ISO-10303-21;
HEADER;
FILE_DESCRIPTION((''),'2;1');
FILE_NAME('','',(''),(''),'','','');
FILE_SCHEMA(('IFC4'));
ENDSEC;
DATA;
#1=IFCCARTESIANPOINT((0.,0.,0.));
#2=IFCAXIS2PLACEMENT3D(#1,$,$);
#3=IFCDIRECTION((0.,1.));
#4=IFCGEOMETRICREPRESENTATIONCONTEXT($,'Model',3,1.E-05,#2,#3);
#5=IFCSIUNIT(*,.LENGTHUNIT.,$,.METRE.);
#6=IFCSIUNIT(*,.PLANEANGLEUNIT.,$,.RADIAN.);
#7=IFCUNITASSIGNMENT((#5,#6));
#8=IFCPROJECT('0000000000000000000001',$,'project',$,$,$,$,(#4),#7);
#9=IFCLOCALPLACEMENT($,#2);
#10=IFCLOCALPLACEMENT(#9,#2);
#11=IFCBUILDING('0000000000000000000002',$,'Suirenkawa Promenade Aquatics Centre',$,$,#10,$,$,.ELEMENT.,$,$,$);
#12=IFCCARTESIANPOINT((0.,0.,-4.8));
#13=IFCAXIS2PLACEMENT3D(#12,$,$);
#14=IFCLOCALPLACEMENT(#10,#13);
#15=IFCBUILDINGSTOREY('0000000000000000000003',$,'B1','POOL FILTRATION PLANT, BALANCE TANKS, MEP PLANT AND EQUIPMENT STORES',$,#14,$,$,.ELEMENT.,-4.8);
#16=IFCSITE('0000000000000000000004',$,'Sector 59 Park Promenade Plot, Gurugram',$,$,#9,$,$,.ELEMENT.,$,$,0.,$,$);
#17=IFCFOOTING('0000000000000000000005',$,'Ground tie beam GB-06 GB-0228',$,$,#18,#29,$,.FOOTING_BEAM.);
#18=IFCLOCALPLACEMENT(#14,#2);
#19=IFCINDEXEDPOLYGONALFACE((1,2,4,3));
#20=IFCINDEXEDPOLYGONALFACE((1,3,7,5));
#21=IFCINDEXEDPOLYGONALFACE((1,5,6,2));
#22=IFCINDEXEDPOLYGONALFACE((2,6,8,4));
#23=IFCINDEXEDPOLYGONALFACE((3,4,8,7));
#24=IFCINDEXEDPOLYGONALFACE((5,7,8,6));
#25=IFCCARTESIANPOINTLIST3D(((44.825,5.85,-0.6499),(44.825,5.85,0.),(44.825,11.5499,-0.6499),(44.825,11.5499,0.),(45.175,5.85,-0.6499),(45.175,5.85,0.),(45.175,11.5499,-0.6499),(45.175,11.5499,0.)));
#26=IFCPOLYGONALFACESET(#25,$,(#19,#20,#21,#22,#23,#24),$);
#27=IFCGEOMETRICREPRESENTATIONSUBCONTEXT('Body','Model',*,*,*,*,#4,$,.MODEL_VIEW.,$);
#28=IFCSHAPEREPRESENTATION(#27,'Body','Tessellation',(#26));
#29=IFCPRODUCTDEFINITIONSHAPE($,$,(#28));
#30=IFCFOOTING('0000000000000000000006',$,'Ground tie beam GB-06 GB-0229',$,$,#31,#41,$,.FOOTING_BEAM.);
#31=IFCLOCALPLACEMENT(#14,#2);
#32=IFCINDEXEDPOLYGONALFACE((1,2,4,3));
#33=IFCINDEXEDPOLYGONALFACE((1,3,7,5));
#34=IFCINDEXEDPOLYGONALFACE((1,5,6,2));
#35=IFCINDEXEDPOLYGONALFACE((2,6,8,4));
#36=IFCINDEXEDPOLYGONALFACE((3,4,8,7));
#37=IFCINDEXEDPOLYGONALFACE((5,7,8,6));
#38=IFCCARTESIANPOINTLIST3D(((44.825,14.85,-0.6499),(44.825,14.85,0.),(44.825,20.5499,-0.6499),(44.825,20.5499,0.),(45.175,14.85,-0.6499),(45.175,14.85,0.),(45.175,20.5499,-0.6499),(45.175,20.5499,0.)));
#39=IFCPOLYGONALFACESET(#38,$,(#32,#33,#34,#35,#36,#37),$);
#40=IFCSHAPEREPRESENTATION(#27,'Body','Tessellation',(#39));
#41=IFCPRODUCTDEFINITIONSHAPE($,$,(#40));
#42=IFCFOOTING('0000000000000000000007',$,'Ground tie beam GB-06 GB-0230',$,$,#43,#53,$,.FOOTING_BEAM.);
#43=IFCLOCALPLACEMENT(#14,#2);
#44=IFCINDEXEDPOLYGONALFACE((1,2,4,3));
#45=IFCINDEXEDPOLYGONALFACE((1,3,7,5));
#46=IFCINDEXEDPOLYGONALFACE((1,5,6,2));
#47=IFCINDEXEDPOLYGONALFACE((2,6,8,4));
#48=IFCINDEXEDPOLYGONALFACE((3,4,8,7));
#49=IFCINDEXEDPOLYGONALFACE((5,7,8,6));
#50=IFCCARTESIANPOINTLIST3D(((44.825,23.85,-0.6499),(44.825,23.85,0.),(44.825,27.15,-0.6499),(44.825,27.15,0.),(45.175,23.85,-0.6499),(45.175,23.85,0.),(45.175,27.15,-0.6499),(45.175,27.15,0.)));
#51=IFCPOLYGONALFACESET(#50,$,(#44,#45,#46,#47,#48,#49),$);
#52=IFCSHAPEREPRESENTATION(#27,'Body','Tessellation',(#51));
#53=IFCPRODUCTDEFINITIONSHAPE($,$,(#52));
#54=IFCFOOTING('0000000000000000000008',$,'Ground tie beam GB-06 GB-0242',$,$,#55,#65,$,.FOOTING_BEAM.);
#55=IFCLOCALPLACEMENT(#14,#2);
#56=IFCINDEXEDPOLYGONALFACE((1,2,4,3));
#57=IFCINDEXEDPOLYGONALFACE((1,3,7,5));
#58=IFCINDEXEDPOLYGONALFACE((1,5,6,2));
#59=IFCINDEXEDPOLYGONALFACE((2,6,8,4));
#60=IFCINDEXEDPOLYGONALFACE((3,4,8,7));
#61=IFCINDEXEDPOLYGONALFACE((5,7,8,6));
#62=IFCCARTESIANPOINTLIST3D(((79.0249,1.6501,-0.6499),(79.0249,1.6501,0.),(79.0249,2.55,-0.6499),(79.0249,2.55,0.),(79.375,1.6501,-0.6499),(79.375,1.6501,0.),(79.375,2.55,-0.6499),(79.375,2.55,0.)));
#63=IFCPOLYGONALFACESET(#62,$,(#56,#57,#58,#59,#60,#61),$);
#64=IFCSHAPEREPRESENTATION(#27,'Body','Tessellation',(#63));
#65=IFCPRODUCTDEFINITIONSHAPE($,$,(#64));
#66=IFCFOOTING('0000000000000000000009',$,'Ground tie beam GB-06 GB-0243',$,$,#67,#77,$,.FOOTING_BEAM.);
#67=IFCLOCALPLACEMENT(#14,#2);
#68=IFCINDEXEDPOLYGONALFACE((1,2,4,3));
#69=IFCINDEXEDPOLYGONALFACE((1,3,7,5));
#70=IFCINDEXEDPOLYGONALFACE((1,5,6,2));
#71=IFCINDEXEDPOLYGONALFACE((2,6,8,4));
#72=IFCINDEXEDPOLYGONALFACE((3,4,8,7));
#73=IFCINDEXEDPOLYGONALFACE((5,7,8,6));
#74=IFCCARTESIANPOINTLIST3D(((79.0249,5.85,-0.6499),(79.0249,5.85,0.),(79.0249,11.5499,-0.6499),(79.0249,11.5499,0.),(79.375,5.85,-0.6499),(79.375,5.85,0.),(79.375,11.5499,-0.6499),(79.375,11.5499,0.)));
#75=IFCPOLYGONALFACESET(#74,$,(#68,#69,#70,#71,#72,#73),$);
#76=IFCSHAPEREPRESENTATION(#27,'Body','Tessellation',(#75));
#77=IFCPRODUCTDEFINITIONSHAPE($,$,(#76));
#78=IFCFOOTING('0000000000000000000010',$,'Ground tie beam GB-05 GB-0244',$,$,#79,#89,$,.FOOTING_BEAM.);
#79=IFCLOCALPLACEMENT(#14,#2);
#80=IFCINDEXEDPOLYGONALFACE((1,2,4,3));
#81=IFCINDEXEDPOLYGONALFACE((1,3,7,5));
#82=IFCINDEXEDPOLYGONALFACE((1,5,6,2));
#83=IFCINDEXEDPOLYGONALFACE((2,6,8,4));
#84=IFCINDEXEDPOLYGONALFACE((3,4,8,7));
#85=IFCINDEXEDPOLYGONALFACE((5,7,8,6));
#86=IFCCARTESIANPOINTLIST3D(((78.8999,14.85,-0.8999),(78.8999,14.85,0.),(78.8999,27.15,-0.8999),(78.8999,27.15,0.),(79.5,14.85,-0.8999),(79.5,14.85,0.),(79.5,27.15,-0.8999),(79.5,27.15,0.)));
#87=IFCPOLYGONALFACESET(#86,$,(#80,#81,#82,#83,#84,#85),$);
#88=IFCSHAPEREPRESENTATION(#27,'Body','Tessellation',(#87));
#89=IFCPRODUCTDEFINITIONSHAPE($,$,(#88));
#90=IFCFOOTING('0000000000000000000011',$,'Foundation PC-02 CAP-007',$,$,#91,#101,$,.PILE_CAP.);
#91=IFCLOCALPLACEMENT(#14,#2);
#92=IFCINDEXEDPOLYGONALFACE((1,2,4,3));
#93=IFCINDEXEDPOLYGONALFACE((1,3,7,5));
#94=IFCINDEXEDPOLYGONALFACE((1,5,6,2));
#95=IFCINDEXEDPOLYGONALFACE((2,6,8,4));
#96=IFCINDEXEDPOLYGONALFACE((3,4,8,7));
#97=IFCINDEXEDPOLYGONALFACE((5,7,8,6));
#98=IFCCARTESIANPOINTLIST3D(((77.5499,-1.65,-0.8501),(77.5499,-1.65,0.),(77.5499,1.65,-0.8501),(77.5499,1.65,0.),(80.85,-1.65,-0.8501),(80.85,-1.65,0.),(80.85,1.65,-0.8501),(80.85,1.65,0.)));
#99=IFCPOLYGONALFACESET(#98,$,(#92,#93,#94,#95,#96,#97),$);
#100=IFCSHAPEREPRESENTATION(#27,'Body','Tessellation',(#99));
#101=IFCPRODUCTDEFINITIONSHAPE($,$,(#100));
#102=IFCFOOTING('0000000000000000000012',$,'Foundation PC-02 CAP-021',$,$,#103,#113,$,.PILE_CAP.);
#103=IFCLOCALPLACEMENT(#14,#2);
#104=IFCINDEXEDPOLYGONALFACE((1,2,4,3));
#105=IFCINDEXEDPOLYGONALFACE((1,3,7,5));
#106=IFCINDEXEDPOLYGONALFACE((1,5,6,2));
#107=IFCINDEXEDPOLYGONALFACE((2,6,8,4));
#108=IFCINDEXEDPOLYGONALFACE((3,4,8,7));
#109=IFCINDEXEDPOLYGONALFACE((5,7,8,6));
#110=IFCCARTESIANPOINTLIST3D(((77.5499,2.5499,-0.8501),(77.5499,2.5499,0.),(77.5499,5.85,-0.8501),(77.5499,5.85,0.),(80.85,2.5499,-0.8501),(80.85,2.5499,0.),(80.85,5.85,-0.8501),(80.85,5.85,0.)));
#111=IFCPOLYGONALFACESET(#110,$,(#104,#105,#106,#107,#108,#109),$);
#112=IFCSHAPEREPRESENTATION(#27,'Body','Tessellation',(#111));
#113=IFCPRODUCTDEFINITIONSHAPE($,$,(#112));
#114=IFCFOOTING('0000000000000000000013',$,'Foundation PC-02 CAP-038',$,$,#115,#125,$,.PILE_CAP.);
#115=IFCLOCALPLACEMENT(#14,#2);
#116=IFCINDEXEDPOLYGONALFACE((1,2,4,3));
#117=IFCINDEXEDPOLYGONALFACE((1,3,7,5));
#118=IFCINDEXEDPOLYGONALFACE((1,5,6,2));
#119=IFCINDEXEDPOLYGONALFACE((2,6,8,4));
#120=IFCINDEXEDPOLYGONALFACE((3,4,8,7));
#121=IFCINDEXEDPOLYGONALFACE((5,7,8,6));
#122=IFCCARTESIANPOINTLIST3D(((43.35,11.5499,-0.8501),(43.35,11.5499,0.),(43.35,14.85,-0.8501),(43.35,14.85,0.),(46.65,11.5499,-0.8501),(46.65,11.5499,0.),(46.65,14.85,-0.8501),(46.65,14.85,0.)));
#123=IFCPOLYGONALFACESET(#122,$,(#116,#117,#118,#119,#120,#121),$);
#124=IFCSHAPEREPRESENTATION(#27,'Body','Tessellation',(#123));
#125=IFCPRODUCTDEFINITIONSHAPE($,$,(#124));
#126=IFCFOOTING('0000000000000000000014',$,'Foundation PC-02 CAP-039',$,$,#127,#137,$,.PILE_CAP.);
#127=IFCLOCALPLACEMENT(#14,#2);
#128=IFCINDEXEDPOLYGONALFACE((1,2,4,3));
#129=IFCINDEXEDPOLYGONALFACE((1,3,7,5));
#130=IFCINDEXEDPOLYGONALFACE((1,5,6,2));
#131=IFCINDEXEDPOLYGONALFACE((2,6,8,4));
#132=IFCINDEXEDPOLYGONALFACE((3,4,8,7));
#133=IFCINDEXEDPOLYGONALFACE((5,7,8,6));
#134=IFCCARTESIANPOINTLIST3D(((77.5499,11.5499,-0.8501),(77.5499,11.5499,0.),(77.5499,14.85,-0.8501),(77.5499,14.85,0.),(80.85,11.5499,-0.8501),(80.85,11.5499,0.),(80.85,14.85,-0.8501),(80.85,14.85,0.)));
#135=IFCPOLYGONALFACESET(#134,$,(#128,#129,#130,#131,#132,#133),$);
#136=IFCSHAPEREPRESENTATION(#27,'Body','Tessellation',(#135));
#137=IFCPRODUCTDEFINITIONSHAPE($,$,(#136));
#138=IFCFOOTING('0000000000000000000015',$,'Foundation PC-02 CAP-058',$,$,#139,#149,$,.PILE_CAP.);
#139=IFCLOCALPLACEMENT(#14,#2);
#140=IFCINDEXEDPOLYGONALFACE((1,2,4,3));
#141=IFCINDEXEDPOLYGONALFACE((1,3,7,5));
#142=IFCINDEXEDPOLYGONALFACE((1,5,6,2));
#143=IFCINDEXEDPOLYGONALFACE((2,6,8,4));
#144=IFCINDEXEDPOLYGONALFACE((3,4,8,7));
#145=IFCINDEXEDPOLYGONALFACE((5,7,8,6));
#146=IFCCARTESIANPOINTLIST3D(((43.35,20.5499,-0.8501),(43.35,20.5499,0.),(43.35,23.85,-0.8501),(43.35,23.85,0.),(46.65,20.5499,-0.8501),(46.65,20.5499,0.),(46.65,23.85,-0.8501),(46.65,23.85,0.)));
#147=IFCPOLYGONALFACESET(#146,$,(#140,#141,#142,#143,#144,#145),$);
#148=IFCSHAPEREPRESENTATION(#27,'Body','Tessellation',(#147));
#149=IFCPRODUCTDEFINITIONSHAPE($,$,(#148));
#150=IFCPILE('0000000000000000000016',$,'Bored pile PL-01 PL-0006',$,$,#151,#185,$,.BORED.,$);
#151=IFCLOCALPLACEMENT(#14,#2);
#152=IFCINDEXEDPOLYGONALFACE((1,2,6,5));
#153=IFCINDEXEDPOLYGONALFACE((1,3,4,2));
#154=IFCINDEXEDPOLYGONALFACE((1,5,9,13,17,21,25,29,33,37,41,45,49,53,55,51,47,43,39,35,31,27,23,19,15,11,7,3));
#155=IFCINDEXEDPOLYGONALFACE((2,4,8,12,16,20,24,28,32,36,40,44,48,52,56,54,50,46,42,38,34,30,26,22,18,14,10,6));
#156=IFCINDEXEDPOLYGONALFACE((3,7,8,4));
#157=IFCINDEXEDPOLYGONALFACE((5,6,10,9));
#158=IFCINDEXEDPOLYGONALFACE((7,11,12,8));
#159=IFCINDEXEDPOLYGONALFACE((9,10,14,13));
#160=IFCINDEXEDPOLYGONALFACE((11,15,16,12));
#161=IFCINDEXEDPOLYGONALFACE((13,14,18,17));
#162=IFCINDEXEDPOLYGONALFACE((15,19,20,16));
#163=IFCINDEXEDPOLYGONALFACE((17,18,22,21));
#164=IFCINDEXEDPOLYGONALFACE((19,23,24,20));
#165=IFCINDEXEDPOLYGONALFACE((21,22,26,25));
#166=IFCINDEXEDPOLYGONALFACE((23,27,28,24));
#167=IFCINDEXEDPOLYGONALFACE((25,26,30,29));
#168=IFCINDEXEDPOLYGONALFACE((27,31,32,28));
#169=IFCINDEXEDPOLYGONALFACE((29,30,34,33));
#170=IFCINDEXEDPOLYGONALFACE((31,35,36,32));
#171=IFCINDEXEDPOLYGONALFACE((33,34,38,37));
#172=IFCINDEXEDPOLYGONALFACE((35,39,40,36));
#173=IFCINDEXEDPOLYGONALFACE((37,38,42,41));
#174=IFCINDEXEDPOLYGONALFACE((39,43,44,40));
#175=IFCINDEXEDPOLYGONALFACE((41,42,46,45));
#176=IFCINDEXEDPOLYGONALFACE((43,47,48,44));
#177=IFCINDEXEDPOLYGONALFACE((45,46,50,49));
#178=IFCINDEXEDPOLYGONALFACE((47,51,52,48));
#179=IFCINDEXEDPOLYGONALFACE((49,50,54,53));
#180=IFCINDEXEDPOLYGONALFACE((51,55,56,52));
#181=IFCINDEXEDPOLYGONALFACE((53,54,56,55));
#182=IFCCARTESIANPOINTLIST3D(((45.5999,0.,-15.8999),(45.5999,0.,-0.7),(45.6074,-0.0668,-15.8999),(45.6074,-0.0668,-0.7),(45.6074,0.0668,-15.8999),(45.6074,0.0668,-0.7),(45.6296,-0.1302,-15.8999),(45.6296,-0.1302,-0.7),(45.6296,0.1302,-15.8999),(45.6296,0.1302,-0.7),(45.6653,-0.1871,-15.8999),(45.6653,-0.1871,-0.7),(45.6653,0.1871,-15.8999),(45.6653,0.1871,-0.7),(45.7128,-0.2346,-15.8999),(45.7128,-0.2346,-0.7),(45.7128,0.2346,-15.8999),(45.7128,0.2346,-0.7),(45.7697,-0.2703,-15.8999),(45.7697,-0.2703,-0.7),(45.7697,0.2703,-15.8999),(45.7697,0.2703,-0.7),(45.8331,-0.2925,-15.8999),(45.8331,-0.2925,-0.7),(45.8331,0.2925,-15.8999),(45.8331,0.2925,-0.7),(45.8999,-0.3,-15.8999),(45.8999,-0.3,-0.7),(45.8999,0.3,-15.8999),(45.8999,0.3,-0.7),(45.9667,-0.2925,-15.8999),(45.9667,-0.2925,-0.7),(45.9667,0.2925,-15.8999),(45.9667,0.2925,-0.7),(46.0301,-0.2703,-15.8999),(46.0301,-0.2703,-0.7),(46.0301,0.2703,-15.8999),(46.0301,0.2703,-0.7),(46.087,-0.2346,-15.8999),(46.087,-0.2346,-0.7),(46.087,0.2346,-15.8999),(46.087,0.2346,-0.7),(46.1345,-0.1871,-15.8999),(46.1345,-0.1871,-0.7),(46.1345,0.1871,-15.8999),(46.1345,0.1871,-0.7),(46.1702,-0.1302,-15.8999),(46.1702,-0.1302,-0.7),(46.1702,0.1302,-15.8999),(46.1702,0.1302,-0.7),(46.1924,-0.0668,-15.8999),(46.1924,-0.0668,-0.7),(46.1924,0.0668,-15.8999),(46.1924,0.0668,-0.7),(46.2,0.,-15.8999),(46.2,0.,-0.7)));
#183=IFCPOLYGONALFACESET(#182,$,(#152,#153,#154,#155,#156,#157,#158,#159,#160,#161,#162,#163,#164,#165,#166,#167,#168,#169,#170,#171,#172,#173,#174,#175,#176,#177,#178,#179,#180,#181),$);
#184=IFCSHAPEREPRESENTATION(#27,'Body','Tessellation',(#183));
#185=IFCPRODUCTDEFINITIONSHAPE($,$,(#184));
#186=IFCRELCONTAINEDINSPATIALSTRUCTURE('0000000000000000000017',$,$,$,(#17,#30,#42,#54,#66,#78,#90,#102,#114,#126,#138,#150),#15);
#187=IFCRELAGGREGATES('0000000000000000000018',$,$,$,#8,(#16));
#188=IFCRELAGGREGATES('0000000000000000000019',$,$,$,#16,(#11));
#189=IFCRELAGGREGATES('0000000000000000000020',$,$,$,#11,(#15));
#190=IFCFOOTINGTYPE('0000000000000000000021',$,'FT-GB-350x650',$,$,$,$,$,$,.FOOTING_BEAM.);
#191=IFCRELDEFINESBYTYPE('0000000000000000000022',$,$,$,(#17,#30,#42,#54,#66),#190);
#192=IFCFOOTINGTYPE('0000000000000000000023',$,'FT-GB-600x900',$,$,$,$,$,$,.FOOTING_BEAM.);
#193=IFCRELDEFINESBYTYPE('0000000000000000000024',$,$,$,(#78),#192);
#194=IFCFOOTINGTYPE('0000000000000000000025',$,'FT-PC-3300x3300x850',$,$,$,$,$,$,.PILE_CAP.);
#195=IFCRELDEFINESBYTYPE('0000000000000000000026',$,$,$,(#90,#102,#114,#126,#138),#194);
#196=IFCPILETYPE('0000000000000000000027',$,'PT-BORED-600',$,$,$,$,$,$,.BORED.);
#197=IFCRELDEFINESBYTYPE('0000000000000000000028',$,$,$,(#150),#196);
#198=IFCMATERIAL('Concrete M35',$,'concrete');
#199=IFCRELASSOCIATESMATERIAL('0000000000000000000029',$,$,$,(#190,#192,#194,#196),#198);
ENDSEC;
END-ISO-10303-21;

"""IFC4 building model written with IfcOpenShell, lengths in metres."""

from ifc_helpers import new_model, si_unit, direction, frame, origin, origin_2d, place, context, subcontext, project, spatial, rectangle, circle, extrude, material, material_profile, profile_set, type_object, element, save


model = new_model("IFC4")

# Units and contexts
model_context = context("Model", 3, precision=1e-05, world=origin(), true_north=direction((0.0, 1.0)))
body_context = subcontext(model_context, "Body", "Model", "MODEL_VIEW")
ifc_project = project(units=[si_unit("LENGTHUNIT", "METRE"), si_unit("PLANEANGLEUNIT", "RADIAN")], contexts=[model_context])

# Site, building, storey
site_placement = place(None, origin())
site = spatial("IfcSite", under=ifc_project, at=site_placement, Name="Sector 59 Park Promenade Plot, Gurugram", CompositionType="ELEMENT", RefElevation=0.0)
building_placement = place(site_placement, origin())
building = spatial("IfcBuilding", under=site, at=building_placement, Name="Suirenkawa Promenade Aquatics Centre", CompositionType="ELEMENT")
storey_placement = place(building_placement, frame((0.0, 0.0, -4.8)))
storey = spatial("IfcBuildingStorey", under=building, at=storey_placement, Name="B1", Description="POOL FILTRATION PLANT, BALANCE TANKS, MEP PLANT AND EQUIPMENT STORES", CompositionType="ELEMENT", Elevation=-4.8)

# Footings
ifc_material_1 = material(Name="Concrete M35", Category="concrete")
footing_type_1 = type_object("IfcFootingType", Name="FT-GB-350x650", PredefinedType="FOOTING_BEAM", material=ifc_material_1)
for number, where, z_axis, x_axis, name in (
    (1, (45.0, 8.7, -0.6499), (0.0, 0.0, 1.0), (0.0, 1.0, 0.0), "Ground tie beam GB-06 GB-0228"),
    (2, (45.0, 17.7, -0.6499), (0.0, 0.0, 1.0), (0.0, 1.0, 0.0), "Ground tie beam GB-06 GB-0229"),
):
    element("IfcFooting", number, at=place(storey_placement, frame(where, z_axis=z_axis, x_axis=x_axis)), inside=storey, type_object=footing_type_1, Name=name, PredefinedType="FOOTING_BEAM", context=body_context, shape_type="SweptSolid", body=[
        extrude(rectangle(XDim=5.7, YDim=0.3501, at=origin_2d()), origin(), (0.0, 0.0, 1.0), 0.6499),
    ])
footing_1_placement = place(storey_placement, frame((45.0, 25.5, -0.6499), z_axis=(0.0, 0.0, 1.0), x_axis=(0.0, 1.0, 0.0)))
element("IfcFooting", 3, at=footing_1_placement, inside=storey, type_object=footing_type_1, Name="Ground tie beam GB-06 GB-0230", PredefinedType="FOOTING_BEAM", context=body_context, shape_type="SweptSolid", body=[
    extrude(rectangle(XDim=3.3, YDim=0.3501, at=origin_2d()), origin(), (0.0, 0.0, 1.0), 0.6499),
])
footing_2_placement = place(storey_placement, frame((79.2, 2.1001, -0.6499), z_axis=(0.0, 0.0, 1.0), x_axis=(0.0, 1.0, 0.0)))
element("IfcFooting", 4, at=footing_2_placement, inside=storey, type_object=footing_type_1, Name="Ground tie beam GB-06 GB-0242", PredefinedType="FOOTING_BEAM", context=body_context, shape_type="SweptSolid", body=[
    extrude(rectangle(XDim=0.8999, YDim=0.3501, at=origin_2d()), origin(), (0.0, 0.0, 1.0), 0.6499),
])
footing_3_placement = place(storey_placement, frame((79.2, 8.7, -0.6499), z_axis=(0.0, 0.0, 1.0), x_axis=(0.0, 1.0, 0.0)))
element("IfcFooting", 5, at=footing_3_placement, inside=storey, type_object=footing_type_1, Name="Ground tie beam GB-06 GB-0243", PredefinedType="FOOTING_BEAM", context=body_context, shape_type="SweptSolid", body=[
    extrude(rectangle(XDim=5.7, YDim=0.3501, at=origin_2d()), origin(), (0.0, 0.0, 1.0), 0.6499),
])
footing_type_2 = type_object("IfcFootingType", Name="FT-GB-600x900", PredefinedType="FOOTING_BEAM", material=ifc_material_1)
footing_4_placement = place(storey_placement, frame((79.2, 21.0, -0.8999), z_axis=(0.0, 0.0, 1.0), x_axis=(0.0, 1.0, 0.0)))
element("IfcFooting", 6, at=footing_4_placement, inside=storey, type_object=footing_type_2, Name="Ground tie beam GB-05 GB-0244", PredefinedType="FOOTING_BEAM", context=body_context, shape_type="SweptSolid", body=[
    extrude(rectangle(XDim=12.3, YDim=0.6001, at=origin_2d()), origin(), (0.0, 0.0, 1.0), 0.8999),
])
footing_type_3 = type_object("IfcFootingType", Name="FT-PC-3300x3300x850", PredefinedType="PILE_CAP", material=ifc_material_1)
for number, where, z_axis, x_axis, name in (
    (7, (79.2, 0.0, -0.8501), (0.0, 0.0, 1.0), (1.0, 0.0, 0.0), "Foundation PC-02 CAP-007"),
    (8, (79.2, 4.2, -0.8501), (0.0, 0.0, 1.0), (1.0, 0.0, 0.0), "Foundation PC-02 CAP-021"),
    (9, (45.0, 13.2, -0.8501), (0.0, 0.0, 1.0), (1.0, 0.0, 0.0), "Foundation PC-02 CAP-038"),
    (10, (79.2, 13.2, -0.8501), (0.0, 0.0, 1.0), (1.0, 0.0, 0.0), "Foundation PC-02 CAP-039"),
    (11, (45.0, 22.2, -0.8501), (0.0, 0.0, 1.0), (1.0, 0.0, 0.0), "Foundation PC-02 CAP-058"),
):
    element("IfcFooting", number, at=place(storey_placement, frame(where, z_axis=z_axis, x_axis=x_axis)), inside=storey, type_object=footing_type_3, Name=name, PredefinedType="PILE_CAP", context=body_context, shape_type="SweptSolid", body=[
        extrude(rectangle(XDim=3.3, YDim=3.3, at=origin_2d()), origin(), (0.0, 0.0, 1.0), 0.8501),
    ])

# Pile
ifc_material_profile_1 = material_profile(ifc_material_1, circle(Radius=0.3, at=origin_2d()), Name="PILE D600", Category="concrete")
ifc_profile_set_1 = profile_set([ifc_material_profile_1], Name="Concrete M35")
pile_type_1 = type_object("IfcPileType", Name="PT-BORED-600", PredefinedType="BORED", material=ifc_profile_set_1)
pile_placement = place(storey_placement, frame((45.8999, 0.0, -0.7), z_axis=(0.0, 0.0, -1.0), x_axis=(1.0, 0.0, 0.0)))
element("IfcPile", 12, at=pile_placement, inside=storey, type_object=pile_type_1, Name="Bored pile PL-01 PL-0006", PredefinedType="BORED", context=body_context, shape_type="SweptSolid", body=[
    extrude(circle(Radius=0.3, at=origin_2d()), origin(), (0.0, 0.0, 1.0), 15.2),
])

save(model, "model.ifc")
